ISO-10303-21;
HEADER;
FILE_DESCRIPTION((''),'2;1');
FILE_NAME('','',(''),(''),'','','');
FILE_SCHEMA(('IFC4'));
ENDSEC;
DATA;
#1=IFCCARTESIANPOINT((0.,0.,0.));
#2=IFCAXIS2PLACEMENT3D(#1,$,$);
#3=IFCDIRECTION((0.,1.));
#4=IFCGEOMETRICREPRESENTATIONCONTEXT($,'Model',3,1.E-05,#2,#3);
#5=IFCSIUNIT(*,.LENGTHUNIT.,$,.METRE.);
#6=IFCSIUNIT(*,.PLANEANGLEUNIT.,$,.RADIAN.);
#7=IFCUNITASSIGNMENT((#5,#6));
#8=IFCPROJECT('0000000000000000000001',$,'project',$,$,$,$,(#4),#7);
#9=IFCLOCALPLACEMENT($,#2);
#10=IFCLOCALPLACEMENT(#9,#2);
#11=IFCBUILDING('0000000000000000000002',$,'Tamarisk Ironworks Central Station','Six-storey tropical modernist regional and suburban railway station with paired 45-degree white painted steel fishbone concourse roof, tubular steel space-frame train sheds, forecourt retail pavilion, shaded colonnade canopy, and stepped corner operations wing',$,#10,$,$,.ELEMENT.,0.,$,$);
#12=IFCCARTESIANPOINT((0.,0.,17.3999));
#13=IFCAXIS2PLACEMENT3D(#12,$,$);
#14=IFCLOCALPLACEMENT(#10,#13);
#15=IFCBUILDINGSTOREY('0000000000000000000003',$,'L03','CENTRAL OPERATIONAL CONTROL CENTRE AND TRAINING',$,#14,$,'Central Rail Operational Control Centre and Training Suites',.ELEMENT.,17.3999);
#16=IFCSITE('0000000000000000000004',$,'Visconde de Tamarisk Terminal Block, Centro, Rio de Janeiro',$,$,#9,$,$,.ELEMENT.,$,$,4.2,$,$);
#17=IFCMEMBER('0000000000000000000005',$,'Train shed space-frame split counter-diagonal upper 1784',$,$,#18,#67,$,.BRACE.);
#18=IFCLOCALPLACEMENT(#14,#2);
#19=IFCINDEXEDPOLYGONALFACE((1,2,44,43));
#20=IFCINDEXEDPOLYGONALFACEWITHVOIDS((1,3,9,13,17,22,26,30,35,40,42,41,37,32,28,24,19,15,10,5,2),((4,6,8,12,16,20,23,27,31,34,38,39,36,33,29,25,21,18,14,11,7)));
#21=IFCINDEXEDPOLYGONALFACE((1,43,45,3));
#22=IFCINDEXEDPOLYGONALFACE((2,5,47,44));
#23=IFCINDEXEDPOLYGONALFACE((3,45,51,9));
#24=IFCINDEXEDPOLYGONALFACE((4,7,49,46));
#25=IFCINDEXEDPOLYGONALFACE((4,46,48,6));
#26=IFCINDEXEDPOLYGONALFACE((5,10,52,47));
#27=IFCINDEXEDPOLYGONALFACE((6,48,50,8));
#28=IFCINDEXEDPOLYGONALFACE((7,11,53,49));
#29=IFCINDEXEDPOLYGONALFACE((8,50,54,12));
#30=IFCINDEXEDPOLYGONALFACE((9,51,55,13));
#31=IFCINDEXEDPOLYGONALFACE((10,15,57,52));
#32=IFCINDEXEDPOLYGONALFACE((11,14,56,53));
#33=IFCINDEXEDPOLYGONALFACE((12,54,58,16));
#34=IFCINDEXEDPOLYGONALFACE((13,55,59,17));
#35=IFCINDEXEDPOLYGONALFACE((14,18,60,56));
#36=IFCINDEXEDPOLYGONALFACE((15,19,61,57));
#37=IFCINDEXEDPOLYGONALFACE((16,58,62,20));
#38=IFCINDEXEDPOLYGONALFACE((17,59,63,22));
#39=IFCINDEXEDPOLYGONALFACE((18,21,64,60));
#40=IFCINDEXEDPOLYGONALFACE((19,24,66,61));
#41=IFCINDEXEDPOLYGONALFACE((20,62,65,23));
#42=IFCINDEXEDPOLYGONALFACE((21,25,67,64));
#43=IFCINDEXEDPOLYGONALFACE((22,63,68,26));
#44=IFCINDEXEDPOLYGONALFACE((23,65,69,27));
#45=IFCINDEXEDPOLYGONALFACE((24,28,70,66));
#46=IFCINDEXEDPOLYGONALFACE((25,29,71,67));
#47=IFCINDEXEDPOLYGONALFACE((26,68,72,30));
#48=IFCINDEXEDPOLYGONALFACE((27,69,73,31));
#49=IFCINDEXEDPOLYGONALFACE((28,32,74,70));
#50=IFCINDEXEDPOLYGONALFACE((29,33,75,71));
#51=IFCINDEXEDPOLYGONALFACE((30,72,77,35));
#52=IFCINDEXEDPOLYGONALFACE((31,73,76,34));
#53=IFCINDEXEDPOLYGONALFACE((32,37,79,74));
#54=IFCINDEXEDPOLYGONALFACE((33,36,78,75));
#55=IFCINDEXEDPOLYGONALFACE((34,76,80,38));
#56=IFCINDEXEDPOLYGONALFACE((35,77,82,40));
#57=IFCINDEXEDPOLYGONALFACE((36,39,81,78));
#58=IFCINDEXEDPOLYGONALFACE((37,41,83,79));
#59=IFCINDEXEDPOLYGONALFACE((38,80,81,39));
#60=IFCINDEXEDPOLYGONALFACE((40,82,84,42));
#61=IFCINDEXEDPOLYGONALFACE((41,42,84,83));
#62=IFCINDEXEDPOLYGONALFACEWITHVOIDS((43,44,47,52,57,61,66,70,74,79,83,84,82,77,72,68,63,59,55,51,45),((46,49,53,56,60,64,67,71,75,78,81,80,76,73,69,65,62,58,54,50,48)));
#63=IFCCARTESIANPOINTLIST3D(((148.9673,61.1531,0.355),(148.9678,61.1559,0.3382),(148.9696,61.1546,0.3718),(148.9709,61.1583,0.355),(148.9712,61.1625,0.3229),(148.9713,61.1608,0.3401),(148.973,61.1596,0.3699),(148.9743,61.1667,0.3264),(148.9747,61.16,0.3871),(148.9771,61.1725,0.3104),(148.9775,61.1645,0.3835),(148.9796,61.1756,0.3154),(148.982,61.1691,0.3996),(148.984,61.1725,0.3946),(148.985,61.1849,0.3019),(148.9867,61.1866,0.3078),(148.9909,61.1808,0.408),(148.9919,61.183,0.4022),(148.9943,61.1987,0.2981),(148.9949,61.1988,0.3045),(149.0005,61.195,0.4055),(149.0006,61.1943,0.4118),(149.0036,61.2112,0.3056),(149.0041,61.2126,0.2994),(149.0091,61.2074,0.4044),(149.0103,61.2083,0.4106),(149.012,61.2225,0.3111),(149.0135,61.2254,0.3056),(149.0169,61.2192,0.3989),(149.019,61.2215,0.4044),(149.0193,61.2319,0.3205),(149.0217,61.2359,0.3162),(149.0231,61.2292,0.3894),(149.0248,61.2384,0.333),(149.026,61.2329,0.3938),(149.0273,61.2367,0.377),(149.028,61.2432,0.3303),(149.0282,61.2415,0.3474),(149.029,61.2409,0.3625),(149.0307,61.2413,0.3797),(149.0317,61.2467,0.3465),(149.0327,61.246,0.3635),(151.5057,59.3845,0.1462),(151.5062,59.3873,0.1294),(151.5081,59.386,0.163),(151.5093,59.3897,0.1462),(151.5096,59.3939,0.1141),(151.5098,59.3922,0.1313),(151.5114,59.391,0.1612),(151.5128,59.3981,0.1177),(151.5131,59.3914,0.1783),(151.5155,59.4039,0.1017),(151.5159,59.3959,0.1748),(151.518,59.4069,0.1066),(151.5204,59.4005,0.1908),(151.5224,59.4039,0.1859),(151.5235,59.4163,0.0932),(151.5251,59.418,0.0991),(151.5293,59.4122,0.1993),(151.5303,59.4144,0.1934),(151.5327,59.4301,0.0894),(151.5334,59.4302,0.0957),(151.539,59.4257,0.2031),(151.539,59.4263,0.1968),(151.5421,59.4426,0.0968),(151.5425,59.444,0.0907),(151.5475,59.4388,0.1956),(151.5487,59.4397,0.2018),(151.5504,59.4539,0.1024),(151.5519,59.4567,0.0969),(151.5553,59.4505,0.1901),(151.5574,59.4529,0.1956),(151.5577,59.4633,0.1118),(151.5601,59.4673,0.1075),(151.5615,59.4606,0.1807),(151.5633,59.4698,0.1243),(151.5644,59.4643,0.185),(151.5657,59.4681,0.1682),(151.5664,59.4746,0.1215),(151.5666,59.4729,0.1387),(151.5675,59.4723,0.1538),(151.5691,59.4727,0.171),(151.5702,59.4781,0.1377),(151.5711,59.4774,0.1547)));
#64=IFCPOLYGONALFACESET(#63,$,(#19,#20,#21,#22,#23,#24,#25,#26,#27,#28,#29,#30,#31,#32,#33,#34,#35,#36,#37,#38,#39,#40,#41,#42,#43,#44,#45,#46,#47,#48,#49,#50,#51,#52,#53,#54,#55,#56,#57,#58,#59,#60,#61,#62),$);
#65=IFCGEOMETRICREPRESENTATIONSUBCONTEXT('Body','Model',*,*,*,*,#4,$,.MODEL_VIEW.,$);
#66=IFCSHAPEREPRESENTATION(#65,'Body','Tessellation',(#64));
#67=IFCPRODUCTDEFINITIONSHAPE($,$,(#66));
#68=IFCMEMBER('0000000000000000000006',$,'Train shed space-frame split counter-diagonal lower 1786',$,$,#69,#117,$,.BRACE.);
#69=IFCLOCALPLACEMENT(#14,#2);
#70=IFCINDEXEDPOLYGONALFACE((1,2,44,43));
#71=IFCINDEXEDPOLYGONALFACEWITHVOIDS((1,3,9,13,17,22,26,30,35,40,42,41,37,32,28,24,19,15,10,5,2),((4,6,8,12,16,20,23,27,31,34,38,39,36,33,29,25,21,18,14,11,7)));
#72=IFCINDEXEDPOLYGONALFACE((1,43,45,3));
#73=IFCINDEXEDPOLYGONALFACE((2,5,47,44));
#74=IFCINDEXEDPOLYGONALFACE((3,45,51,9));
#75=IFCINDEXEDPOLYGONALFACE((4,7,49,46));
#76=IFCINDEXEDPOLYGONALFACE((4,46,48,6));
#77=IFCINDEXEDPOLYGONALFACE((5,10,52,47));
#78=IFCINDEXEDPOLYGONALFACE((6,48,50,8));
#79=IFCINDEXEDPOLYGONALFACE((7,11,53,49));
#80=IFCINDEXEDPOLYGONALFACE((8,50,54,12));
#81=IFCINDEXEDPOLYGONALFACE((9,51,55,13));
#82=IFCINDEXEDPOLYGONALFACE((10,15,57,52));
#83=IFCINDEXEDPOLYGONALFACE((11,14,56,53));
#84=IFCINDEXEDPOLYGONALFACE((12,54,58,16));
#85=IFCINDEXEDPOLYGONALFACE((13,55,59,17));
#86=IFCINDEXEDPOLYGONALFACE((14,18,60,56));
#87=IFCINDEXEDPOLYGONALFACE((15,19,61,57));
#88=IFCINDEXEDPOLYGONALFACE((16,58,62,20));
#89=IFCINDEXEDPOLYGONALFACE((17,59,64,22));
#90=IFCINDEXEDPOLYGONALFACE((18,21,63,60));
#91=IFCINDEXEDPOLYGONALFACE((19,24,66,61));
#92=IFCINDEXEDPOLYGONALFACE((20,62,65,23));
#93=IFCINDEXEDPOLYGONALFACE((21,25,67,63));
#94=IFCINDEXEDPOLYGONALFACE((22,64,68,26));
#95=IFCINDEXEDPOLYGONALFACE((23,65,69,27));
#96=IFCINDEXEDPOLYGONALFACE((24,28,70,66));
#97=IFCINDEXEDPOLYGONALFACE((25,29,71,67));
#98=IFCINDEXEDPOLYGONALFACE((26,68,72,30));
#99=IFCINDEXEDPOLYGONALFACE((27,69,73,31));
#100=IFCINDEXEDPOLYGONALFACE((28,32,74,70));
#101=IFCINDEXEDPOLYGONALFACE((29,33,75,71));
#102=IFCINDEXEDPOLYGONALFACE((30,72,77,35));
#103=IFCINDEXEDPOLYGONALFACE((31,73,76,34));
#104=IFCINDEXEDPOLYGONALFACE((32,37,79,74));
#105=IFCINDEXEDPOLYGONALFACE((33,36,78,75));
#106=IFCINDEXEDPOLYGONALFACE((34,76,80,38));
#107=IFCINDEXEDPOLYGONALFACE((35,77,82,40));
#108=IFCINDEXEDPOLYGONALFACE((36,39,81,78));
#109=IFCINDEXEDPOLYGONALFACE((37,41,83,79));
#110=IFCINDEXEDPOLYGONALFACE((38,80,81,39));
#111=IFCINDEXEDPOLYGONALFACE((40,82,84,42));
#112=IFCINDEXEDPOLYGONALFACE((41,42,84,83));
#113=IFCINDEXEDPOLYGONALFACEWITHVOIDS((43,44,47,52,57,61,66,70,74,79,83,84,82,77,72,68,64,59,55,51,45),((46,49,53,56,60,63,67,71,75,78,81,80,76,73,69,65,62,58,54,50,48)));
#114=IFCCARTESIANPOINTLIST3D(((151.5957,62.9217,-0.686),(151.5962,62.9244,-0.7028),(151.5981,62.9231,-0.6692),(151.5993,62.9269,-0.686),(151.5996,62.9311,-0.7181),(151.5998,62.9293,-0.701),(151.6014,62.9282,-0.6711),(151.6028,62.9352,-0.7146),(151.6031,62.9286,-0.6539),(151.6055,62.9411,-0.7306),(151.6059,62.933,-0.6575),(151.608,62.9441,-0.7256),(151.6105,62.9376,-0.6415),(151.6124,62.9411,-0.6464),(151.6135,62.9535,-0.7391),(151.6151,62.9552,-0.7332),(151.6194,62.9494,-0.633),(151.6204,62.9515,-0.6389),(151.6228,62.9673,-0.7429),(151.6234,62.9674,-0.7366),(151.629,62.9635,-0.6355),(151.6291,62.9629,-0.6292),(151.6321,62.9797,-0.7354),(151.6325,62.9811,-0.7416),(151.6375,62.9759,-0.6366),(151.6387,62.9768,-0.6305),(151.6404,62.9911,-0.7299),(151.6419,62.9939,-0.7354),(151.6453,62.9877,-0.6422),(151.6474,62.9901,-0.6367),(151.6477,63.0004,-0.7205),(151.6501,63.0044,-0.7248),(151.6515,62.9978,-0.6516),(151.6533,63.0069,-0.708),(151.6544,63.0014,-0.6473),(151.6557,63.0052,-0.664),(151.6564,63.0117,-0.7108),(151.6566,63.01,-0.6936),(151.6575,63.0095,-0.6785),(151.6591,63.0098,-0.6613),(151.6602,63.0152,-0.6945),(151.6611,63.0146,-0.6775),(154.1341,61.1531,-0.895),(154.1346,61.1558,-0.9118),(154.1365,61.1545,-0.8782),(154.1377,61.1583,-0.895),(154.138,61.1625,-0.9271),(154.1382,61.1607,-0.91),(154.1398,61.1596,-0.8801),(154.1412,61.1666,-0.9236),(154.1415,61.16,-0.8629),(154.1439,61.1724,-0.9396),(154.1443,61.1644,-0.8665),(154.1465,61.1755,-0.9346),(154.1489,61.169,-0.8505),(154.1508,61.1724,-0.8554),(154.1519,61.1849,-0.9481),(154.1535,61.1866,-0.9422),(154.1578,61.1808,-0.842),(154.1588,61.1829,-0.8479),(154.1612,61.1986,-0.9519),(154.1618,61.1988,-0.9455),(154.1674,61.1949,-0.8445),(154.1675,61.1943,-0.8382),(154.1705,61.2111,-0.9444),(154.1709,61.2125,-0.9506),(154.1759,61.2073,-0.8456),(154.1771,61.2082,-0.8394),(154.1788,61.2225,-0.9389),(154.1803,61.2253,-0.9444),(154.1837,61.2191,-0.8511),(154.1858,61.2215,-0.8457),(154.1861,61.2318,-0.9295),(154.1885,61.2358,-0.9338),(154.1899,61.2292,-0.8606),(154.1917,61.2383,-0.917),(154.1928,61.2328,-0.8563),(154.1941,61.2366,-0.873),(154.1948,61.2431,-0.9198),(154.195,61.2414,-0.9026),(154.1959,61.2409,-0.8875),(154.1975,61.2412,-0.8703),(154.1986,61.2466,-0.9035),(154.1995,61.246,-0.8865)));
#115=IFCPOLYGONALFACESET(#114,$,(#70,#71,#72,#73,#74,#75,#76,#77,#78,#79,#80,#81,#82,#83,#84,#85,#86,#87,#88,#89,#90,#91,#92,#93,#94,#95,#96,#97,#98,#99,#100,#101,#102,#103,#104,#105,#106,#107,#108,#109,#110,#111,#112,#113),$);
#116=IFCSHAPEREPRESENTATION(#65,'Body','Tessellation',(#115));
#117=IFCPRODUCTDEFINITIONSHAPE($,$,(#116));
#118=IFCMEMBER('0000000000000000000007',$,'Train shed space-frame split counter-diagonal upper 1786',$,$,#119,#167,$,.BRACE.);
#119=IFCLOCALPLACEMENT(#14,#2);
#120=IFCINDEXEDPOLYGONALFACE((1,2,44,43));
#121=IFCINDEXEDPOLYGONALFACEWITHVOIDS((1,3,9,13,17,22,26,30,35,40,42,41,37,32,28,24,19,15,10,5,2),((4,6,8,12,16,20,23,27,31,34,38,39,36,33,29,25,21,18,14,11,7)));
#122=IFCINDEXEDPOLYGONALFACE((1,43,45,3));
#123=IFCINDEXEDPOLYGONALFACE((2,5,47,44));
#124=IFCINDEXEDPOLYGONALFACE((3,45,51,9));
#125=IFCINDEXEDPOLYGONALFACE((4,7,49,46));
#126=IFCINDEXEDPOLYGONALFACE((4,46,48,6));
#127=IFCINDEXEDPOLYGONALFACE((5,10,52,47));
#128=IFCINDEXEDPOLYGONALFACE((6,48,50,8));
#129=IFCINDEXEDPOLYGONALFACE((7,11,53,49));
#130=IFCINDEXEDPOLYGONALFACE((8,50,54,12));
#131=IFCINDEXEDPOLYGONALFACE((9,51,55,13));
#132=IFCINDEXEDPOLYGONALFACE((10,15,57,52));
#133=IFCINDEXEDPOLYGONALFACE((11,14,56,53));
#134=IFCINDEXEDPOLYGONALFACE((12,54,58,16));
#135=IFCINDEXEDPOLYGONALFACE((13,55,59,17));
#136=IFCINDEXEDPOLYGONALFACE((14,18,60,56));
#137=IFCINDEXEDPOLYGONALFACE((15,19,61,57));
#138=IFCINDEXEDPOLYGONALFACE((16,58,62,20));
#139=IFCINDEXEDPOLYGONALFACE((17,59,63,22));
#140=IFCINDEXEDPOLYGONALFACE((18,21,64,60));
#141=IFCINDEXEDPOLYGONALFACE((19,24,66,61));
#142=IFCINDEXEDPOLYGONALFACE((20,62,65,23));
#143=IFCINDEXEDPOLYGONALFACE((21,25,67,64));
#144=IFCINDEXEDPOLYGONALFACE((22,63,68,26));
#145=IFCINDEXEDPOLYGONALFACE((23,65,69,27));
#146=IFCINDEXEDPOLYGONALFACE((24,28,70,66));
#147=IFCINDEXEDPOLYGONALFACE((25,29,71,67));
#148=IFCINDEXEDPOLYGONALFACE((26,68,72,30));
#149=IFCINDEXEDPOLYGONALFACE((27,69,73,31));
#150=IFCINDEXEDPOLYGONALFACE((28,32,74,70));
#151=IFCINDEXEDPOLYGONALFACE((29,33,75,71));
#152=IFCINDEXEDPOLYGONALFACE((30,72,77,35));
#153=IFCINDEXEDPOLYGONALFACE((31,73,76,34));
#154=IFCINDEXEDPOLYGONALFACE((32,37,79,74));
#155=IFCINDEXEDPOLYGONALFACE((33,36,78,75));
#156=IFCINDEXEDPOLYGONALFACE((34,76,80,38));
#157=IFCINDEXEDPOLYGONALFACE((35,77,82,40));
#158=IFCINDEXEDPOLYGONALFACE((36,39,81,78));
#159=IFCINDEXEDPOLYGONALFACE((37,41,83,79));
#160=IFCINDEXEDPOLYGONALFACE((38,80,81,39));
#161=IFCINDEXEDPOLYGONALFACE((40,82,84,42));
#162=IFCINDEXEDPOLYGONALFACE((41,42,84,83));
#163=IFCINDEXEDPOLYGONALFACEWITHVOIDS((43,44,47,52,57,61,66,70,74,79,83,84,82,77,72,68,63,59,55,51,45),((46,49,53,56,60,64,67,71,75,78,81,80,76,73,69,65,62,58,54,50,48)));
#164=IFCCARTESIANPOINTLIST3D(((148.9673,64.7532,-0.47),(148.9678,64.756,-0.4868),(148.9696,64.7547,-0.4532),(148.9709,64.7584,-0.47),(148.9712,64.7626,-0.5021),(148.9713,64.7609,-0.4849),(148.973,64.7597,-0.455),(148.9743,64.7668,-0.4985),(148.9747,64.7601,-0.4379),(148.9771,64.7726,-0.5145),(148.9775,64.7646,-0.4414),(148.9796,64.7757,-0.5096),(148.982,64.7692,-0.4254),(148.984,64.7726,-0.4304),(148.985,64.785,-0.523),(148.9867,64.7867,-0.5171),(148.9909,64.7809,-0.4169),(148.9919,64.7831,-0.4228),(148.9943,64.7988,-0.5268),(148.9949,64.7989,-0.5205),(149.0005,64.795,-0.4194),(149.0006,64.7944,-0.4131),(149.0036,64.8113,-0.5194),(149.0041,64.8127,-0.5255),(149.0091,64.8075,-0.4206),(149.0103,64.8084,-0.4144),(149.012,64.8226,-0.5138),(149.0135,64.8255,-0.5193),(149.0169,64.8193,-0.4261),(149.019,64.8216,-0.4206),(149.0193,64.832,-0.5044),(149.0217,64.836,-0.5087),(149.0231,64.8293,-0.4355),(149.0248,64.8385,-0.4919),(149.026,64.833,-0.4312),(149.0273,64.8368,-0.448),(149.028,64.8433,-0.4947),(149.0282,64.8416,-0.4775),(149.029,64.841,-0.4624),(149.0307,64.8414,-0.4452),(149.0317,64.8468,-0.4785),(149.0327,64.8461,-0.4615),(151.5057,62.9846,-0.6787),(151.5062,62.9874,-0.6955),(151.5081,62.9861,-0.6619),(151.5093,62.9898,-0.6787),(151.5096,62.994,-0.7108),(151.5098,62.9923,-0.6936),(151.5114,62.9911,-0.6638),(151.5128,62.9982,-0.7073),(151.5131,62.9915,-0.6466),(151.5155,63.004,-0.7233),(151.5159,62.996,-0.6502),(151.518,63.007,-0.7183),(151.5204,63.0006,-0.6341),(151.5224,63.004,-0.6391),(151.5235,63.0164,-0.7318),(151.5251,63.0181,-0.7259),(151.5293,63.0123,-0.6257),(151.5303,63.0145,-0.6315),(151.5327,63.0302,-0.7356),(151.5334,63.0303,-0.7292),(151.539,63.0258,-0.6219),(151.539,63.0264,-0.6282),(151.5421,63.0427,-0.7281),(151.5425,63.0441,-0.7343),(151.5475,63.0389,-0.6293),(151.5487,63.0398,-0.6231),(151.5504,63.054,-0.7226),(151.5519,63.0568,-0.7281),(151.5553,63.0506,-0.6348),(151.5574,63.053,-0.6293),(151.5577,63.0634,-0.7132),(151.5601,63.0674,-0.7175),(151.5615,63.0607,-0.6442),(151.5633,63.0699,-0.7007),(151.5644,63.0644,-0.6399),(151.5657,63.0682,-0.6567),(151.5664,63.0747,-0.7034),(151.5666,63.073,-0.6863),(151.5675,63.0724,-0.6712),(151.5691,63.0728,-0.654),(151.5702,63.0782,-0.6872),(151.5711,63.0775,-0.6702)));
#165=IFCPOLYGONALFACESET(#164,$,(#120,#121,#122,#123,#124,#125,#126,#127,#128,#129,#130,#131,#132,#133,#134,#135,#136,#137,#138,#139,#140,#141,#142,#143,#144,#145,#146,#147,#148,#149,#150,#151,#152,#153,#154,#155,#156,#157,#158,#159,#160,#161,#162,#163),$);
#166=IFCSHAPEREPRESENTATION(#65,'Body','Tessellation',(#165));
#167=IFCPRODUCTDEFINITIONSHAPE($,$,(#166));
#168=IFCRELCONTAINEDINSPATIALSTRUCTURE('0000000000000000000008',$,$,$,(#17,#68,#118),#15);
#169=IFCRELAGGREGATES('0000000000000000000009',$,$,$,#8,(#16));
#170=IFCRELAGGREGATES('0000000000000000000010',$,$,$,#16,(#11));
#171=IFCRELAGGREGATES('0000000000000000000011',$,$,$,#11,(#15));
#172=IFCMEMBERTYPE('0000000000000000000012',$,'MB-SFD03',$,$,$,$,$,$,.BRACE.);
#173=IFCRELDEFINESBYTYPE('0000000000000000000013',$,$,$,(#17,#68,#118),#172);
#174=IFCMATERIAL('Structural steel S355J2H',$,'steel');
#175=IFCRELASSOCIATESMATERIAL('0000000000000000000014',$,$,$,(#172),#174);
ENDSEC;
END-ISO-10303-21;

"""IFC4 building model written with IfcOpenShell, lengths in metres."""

from ifc_helpers import new_model, si_unit, direction, frame, origin, origin_2d, place, context, subcontext, project, spatial, hollow_circle, extrude, material, material_profile, profile_set, type_object, element, save


model = new_model("IFC4")

# Units and contexts
model_context = context("Model", 3, precision=1e-05, world=origin(), true_north=direction((0.0, 1.0)))
body_context = subcontext(model_context, "Body", "Model", "MODEL_VIEW")
ifc_project = project(units=[si_unit("LENGTHUNIT", "METRE"), si_unit("PLANEANGLEUNIT", "RADIAN")], contexts=[model_context])

# Site, building, storey
site_placement = place(None, origin())
site = spatial("IfcSite", under=ifc_project, at=site_placement, Name="Visconde de Tamarisk Terminal Block, Centro, Rio de Janeiro", CompositionType="ELEMENT", RefElevation=4.2)
building_placement = place(site_placement, origin())
building = spatial("IfcBuilding", under=site, at=building_placement, Name="Tamarisk Ironworks Central Station", Description="Six-storey tropical modernist regional and suburban railway station with paired 45-degree white painted steel fishbone concourse roof, tubular steel space-frame train sheds, forecourt retail pavilion, shaded colonnade canopy, and stepped corner operations wing", CompositionType="ELEMENT", ElevationOfRefHeight=0.0)
storey_placement = place(building_placement, frame((0.0, 0.0, 17.3999)))
storey = spatial("IfcBuildingStorey", under=building, at=storey_placement, Name="L03", Description="CENTRAL OPERATIONAL CONTROL CENTRE AND TRAINING", LongName="Central Rail Operational Control Centre and Training Suites", CompositionType="ELEMENT", Elevation=17.3999)

# Members
ifc_material = material(Name="Structural steel S355J2H", Category="steel")
ifc_material_profile_1 = material_profile(ifc_material, hollow_circle(Radius=0.0571, WallThickness=0.0063, at=origin_2d()), Name="CHS 114.3x6.3")
ifc_profile_set_1 = profile_set([ifc_material_profile_1], Name="Structural steel S355J2H")
member_type_1 = type_object("IfcMemberType", Name="MB-SFD03", PredefinedType="BRACE", material=ifc_profile_set_1)
for number, where, z_axis, x_axis, name in (
    (1, (151.5383, 59.4314, 0.1462), (-0.818625, 0.570369, 0.06732), (-0.571666, -0.820487, 0.0), "Train shed space-frame split counter-diagonal upper 1784"),
    (2, (154.1667, 61.2, -0.895), (-0.818621, 0.570366, 0.067398), (-0.571666, -0.820487, 0.0), "Train shed space-frame split counter-diagonal lower 1786"),
    (3, (151.5383, 63.0315, -0.6787), (-0.818625, 0.570369, 0.06732), (-0.571666, -0.820487, 0.0), "Train shed space-frame split counter-diagonal upper 1786"),
):
    element("IfcMember", number, at=place(storey_placement, frame(where, z_axis=z_axis, x_axis=x_axis)), inside=storey, type_object=member_type_1, Name=name, PredefinedType="BRACE", context=body_context, shape_type="SweptSolid", body=[
        extrude(hollow_circle(Radius=0.0571, WallThickness=0.0063, at=origin_2d()), origin(), (0.0, 0.0, 1.0), 3.1008),
    ])

save(model, "model.ifc")
